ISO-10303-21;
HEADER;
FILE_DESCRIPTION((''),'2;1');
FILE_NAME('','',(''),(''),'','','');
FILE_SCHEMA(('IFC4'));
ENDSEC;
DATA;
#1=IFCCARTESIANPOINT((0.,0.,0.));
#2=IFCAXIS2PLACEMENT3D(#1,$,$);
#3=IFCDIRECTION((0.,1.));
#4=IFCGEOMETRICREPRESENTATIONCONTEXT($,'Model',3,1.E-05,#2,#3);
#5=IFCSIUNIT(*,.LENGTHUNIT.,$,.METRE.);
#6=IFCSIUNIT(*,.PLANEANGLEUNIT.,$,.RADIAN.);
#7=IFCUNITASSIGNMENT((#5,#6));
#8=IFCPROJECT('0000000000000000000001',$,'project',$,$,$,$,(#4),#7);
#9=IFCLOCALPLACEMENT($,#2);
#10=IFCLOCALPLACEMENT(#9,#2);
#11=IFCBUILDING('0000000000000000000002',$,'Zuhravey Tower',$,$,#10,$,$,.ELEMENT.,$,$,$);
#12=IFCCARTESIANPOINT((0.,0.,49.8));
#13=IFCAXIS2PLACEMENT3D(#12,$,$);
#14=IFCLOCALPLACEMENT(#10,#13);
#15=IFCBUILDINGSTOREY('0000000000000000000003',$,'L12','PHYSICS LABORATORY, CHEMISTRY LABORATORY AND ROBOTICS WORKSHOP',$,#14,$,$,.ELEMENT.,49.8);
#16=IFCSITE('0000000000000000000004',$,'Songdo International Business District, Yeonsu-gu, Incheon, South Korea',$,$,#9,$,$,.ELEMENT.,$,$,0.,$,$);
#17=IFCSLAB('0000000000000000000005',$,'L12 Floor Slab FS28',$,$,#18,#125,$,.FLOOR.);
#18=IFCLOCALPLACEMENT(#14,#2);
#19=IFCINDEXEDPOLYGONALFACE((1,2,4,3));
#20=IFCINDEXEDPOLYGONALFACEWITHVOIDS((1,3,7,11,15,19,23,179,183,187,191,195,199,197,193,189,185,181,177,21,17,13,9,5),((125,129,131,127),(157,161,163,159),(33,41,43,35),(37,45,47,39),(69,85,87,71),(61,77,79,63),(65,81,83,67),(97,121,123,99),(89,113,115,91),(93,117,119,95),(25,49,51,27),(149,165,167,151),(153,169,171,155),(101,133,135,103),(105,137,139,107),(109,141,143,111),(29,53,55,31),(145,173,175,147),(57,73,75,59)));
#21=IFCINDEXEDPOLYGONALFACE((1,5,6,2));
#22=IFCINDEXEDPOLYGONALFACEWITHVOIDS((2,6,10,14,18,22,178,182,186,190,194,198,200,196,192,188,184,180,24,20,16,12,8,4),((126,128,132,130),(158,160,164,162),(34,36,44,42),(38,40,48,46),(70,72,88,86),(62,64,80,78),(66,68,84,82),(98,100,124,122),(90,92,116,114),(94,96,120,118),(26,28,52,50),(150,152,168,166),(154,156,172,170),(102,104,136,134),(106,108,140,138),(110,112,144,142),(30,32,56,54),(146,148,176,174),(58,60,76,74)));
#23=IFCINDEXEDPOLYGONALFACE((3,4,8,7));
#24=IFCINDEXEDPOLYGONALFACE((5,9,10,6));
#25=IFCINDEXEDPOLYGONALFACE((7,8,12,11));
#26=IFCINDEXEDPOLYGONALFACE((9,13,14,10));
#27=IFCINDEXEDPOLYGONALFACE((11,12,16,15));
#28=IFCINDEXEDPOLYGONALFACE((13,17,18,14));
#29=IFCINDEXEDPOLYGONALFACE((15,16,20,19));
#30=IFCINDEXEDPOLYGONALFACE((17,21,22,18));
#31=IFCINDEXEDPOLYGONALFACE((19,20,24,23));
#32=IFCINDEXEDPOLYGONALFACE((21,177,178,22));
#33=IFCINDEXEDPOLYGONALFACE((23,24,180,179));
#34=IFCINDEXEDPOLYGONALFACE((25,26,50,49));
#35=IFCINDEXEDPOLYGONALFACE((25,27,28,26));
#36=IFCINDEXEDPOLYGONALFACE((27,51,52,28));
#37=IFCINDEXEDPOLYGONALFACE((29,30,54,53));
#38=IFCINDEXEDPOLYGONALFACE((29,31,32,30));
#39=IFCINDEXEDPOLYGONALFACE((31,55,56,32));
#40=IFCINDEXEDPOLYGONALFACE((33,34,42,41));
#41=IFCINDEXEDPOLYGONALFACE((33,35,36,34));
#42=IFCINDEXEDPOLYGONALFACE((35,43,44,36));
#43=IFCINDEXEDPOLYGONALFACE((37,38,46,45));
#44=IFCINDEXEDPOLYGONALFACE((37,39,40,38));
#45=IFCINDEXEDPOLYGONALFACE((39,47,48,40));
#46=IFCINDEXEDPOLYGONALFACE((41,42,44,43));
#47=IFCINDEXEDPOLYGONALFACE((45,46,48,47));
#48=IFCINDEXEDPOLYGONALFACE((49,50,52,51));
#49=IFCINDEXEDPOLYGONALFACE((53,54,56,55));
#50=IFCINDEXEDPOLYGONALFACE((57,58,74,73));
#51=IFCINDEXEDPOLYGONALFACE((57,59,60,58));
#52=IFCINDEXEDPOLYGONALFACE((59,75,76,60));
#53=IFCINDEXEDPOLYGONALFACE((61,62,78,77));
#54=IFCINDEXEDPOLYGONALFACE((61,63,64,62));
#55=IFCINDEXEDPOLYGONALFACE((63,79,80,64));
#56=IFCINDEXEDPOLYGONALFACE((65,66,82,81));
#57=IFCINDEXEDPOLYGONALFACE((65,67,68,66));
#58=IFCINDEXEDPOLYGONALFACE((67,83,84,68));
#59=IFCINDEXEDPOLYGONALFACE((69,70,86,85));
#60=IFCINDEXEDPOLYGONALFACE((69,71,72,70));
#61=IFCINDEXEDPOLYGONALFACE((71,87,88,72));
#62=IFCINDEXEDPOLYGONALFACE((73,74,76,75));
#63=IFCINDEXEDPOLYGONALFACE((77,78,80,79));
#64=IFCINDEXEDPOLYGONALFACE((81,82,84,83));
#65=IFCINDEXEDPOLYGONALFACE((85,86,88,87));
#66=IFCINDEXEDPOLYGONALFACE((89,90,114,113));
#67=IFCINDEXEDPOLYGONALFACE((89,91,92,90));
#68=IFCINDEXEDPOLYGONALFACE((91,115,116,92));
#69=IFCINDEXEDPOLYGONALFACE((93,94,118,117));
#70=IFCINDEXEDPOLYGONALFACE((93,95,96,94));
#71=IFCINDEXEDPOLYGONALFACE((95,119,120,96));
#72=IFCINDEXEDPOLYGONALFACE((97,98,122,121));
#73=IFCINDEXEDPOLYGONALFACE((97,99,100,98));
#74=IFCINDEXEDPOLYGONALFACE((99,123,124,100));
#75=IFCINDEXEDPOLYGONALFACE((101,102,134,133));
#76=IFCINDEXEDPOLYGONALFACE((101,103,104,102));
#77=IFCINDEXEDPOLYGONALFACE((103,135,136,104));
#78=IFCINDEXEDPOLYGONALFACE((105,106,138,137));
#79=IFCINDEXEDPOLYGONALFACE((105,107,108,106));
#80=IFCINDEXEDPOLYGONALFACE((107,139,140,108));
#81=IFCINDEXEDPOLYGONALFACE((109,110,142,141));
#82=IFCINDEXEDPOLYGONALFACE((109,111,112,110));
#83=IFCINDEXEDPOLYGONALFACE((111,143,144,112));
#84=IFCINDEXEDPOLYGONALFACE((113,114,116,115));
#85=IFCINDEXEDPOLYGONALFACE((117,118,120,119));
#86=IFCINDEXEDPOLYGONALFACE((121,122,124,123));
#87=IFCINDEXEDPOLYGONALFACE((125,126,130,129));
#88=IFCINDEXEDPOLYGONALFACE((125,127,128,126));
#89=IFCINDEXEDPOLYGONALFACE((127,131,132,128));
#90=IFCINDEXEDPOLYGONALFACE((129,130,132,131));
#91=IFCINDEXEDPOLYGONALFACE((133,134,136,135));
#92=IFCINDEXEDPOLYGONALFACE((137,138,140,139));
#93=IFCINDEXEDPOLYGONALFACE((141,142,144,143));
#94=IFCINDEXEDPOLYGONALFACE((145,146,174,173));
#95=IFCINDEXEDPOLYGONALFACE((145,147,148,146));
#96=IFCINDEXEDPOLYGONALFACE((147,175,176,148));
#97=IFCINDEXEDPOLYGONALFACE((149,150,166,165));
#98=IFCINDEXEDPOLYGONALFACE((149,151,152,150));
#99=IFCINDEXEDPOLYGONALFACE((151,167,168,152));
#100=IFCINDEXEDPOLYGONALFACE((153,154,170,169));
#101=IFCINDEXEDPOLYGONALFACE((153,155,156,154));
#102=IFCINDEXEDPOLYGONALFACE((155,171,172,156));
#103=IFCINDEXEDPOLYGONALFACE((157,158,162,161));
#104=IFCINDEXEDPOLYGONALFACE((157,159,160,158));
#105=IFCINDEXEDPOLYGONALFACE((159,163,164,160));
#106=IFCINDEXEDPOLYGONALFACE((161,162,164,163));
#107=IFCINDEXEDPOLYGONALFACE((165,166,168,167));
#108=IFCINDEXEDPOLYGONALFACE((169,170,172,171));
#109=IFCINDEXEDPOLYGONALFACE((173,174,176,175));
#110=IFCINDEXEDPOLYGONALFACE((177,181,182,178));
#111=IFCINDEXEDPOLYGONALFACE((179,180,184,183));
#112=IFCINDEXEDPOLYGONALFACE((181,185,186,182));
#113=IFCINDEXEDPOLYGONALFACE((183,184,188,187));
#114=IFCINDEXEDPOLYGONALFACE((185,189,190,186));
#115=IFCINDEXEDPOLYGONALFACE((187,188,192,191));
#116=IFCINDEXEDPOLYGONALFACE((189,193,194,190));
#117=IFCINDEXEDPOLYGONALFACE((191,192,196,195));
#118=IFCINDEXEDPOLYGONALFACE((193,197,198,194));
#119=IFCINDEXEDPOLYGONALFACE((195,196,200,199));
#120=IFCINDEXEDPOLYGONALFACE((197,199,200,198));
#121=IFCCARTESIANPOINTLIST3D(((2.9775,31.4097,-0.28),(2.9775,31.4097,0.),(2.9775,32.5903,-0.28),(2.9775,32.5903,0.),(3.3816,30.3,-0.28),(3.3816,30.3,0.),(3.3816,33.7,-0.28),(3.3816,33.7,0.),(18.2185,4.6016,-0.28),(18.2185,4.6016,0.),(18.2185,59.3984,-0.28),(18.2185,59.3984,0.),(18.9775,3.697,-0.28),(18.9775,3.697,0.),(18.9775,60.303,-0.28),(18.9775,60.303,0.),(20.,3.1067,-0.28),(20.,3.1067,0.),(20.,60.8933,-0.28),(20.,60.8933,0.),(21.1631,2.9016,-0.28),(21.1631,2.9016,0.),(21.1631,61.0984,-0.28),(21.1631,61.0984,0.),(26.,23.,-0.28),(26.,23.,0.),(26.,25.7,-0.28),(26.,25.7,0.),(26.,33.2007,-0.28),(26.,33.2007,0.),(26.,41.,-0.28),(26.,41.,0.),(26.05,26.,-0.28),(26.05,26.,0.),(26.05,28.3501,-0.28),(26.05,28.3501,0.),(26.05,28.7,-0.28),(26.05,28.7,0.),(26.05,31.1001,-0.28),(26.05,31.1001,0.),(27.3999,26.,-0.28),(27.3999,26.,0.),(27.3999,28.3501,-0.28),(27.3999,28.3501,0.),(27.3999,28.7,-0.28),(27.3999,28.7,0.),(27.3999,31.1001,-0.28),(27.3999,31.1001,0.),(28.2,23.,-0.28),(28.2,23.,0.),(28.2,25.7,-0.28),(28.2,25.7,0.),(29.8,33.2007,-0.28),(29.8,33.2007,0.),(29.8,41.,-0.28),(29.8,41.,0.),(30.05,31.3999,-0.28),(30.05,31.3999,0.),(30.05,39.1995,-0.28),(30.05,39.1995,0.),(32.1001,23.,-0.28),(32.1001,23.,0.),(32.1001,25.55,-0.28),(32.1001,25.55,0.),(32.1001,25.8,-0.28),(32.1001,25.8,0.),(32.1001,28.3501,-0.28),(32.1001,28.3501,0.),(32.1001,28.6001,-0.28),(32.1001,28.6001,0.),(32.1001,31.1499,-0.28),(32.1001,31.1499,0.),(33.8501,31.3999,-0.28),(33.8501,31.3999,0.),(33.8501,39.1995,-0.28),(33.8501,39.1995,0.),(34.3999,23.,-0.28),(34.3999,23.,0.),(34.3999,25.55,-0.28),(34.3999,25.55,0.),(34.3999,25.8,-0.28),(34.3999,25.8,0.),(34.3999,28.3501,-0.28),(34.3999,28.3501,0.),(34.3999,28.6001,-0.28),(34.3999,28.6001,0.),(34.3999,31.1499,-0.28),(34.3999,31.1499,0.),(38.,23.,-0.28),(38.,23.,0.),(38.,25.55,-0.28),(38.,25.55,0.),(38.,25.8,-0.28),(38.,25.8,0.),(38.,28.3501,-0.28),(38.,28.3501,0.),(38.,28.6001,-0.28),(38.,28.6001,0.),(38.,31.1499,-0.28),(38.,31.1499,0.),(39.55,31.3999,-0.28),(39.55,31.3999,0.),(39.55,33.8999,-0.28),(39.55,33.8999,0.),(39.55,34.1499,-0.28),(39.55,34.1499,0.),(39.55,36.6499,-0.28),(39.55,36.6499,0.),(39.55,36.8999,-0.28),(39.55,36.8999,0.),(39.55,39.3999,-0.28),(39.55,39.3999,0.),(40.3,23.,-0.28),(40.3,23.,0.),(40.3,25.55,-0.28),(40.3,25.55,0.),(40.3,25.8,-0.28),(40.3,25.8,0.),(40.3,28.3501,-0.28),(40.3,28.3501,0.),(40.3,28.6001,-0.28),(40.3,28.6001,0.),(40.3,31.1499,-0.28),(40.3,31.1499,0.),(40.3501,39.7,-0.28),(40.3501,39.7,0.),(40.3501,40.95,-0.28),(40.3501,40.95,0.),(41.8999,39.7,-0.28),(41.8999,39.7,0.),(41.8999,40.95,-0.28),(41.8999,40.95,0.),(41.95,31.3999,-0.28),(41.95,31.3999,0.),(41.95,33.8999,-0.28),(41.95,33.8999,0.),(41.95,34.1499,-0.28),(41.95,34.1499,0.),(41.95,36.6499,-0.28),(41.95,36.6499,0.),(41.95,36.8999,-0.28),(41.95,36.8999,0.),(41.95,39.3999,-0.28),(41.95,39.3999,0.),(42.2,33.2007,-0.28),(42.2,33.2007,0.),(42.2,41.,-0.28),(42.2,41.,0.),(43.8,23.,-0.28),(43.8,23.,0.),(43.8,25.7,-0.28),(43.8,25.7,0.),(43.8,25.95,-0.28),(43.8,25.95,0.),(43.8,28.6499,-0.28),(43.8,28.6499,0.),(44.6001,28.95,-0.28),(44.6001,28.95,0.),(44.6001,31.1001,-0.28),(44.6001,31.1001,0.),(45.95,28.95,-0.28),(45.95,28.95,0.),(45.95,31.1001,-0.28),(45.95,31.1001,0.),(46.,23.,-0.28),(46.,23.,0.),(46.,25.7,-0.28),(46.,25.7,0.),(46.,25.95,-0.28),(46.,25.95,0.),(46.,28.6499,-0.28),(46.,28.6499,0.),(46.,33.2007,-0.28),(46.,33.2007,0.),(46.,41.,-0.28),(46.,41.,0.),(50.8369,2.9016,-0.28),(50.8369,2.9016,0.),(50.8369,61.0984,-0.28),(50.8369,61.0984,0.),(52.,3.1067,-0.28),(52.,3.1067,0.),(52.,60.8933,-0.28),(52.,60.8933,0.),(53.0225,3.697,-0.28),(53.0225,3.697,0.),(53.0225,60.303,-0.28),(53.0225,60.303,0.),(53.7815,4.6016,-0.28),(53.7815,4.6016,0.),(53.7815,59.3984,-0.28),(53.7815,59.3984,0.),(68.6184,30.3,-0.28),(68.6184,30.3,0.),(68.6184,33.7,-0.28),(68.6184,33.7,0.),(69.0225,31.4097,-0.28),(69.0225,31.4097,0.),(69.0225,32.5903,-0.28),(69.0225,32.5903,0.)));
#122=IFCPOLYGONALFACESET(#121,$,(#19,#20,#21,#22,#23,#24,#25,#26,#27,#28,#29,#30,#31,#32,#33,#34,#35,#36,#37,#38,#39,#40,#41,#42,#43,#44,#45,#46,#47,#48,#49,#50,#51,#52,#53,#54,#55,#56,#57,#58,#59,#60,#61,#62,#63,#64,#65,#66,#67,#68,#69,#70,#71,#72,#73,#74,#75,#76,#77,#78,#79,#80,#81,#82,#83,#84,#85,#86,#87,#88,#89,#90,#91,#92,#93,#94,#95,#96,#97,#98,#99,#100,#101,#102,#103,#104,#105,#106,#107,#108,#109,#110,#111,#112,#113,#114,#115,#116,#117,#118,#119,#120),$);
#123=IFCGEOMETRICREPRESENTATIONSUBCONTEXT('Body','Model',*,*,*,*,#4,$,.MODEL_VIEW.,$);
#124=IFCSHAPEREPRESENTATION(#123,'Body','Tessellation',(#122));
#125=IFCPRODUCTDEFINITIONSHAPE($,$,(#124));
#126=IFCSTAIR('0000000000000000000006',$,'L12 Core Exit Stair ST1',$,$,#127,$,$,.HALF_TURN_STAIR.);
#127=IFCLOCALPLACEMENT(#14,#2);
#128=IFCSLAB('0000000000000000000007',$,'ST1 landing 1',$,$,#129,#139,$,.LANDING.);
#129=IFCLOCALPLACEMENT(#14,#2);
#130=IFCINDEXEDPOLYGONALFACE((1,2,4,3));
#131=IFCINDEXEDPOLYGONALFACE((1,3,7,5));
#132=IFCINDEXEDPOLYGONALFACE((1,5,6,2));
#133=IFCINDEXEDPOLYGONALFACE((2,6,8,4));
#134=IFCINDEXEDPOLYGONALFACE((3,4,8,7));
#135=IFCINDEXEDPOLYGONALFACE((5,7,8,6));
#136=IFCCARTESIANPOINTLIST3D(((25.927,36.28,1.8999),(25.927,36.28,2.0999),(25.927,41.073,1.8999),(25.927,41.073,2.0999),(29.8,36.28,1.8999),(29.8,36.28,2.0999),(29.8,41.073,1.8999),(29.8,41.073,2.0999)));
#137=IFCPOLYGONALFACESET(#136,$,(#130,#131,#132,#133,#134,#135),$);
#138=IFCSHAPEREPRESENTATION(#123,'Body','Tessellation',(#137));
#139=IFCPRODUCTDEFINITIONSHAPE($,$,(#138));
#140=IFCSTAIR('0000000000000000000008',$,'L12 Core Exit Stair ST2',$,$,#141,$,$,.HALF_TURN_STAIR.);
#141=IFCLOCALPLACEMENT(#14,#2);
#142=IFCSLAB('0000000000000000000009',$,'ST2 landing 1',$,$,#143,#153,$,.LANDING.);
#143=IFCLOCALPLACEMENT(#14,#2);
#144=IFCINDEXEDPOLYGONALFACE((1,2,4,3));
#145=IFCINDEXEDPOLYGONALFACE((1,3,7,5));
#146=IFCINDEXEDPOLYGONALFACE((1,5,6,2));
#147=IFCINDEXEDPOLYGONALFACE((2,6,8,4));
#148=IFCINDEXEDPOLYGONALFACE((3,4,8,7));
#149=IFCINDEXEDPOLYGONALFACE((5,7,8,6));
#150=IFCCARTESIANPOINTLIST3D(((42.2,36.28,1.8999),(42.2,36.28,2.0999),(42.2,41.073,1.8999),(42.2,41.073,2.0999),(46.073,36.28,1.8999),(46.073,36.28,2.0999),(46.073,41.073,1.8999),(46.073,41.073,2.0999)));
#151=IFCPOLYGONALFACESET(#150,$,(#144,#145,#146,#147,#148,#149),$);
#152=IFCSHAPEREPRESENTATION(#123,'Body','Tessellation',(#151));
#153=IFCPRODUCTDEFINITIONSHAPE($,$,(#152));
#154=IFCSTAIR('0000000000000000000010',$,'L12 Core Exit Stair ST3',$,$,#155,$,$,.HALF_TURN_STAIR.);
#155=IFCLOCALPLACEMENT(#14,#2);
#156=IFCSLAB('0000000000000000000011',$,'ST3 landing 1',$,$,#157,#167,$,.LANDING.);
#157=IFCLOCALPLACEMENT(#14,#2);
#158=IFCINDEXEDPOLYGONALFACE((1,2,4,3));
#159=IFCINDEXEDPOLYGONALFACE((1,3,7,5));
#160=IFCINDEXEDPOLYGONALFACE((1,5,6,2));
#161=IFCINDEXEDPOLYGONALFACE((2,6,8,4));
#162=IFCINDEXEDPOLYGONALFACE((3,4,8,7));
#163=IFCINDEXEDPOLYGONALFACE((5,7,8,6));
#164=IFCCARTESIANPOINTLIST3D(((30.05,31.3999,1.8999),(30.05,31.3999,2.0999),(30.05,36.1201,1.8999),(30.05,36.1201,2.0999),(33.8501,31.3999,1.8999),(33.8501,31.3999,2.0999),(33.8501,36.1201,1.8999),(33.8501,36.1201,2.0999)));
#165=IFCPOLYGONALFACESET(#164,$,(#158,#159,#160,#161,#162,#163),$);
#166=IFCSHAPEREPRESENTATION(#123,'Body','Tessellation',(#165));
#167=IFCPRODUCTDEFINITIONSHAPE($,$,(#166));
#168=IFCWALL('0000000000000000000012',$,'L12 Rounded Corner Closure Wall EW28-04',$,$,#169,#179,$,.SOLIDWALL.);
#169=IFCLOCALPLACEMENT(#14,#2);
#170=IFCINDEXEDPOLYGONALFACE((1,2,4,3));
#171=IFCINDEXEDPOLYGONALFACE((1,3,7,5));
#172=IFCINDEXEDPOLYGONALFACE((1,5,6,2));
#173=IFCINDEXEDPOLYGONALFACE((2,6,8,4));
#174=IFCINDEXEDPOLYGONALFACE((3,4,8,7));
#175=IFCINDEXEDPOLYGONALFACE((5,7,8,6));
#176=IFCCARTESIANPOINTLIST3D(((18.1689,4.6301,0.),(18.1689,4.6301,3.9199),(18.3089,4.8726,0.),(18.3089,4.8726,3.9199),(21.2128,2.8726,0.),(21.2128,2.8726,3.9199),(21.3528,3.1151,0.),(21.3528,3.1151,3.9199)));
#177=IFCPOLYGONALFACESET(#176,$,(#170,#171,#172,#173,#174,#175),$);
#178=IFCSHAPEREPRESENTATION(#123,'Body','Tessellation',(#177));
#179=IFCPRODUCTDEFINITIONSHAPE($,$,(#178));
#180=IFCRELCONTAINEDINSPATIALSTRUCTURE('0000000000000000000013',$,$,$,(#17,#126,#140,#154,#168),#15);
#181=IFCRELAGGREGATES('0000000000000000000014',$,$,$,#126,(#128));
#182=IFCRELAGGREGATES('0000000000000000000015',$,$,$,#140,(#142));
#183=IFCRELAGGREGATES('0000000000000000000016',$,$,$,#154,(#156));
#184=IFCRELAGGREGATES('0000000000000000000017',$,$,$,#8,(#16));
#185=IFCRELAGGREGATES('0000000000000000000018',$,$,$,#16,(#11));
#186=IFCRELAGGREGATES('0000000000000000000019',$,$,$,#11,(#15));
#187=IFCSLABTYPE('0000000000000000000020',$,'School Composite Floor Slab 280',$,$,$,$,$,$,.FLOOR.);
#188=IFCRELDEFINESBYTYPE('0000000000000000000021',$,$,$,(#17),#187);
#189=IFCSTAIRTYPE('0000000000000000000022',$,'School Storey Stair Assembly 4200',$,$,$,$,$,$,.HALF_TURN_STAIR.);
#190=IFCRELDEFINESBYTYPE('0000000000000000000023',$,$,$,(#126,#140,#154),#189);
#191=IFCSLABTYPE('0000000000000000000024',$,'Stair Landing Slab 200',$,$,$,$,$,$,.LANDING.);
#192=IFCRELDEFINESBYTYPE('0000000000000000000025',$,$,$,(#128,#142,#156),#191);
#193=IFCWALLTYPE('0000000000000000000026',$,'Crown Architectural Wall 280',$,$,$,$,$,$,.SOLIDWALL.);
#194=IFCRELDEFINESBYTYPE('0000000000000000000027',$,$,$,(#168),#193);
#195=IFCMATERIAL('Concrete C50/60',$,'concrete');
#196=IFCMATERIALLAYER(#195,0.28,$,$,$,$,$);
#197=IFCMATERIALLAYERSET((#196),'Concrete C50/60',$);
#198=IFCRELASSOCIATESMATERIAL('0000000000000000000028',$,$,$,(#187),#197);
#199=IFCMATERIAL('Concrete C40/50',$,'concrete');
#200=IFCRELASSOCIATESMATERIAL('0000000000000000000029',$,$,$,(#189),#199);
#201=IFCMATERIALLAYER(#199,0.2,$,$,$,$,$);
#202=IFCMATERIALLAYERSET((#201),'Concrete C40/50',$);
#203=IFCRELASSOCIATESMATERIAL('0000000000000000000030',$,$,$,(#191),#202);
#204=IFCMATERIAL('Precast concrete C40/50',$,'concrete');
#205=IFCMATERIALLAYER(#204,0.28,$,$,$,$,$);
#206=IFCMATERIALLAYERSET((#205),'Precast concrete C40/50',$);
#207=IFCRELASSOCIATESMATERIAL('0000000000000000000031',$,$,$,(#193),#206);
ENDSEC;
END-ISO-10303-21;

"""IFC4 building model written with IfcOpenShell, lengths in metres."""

from ifc_helpers import new_model, si_unit, direction, frame, frame_2d, origin, place, context, subcontext, project, spatial, polyline, rectangle, outline, extrude, material, layer, layer_set, type_object, element, aggregate, save


model = new_model("IFC4")

# Units and contexts
model_context = context("Model", 3, precision=1e-05, world=origin(), true_north=direction((0.0, 1.0)))
body_context = subcontext(model_context, "Body", "Model", "MODEL_VIEW")
ifc_project = project(units=[si_unit("LENGTHUNIT", "METRE"), si_unit("PLANEANGLEUNIT", "RADIAN")], contexts=[model_context])

# Site, building, storey
site_placement = place(None, origin())
site = spatial("IfcSite", under=ifc_project, at=site_placement, Name="Songdo International Business District, Yeonsu-gu, Incheon, South Korea", CompositionType="ELEMENT", RefElevation=0.0)
building_placement = place(site_placement, origin())
building = spatial("IfcBuilding", under=site, at=building_placement, Name="Zuhravey Tower", CompositionType="ELEMENT")
storey_placement = place(building_placement, frame((0.0, 0.0, 49.8)))
storey = spatial("IfcBuildingStorey", under=building, at=storey_placement, Name="L12", Description="PHYSICS LABORATORY, CHEMISTRY LABORATORY AND ROBOTICS WORKSHOP", CompositionType="ELEMENT", Elevation=49.8)

# Slab
ifc_material_1 = material(Name="Concrete C50/60", Category="concrete")
ifc_layer_1 = layer(ifc_material_1, 0.28)
ifc_layer_set_1 = layer_set([ifc_layer_1], Name="Concrete C50/60")
slab_type_1 = type_object("IfcSlabType", Name="School Composite Floor Slab 280", PredefinedType="FLOOR", material=ifc_layer_set_1)
slab_1_placement = place(storey_placement, frame((0.0, 0.0, -0.28)))
element("IfcSlab", 1, at=slab_1_placement, inside=storey, type_object=slab_type_1, Name="L12 Floor Slab FS28", PredefinedType="FLOOR", context=body_context, shape_type="SweptSolid", body=[
    extrude(outline(polyline([(68.6184, 30.3), (69.0225, 31.4097), (69.0225, 32.5903), (68.6184, 33.7), (53.7815, 59.3984), (53.0225, 60.303), (52.0, 60.8933), (50.8369, 61.0984), (21.1631, 61.0984), (20.0, 60.8933), (18.9775, 60.303), (18.2185, 59.3984), (3.3816, 33.7), (2.9775, 32.5903), (2.9775, 31.4097), (3.3816, 30.3), (18.2185, 4.6016), (18.9775, 3.697), (20.0, 3.1067), (21.1631, 2.9016), (50.8369, 2.9016), (52.0, 3.1067), (53.0225, 3.697), (53.7815, 4.6016), (68.6184, 30.3)]), holes=[polyline([(29.8, 33.2007), (29.8, 41.0), (26.0, 41.0), (26.0, 33.2007), (29.8, 33.2007)]), polyline([(46.0, 33.2007), (46.0, 41.0), (42.2, 41.0), (42.2, 33.2007), (46.0, 33.2007)]), polyline([(30.05, 39.1995), (30.05, 31.3999), (33.8501, 31.3999), (33.8501, 39.1995), (30.05, 39.1995)]), polyline([(32.1001, 23.0), (34.3999, 23.0), (34.3999, 25.55), (32.1001, 25.55), (32.1001, 23.0)]), polyline([(32.1001, 25.8), (34.3999, 25.8), (34.3999, 28.3501), (32.1001, 28.3501), (32.1001, 25.8)]), polyline([(32.1001, 28.6001), (34.3999, 28.6001), (34.3999, 31.1499), (32.1001, 31.1499), (32.1001, 28.6001)]), polyline([(38.0, 23.0), (40.3, 23.0), (40.3, 25.55), (38.0, 25.55), (38.0, 23.0)]), polyline([(38.0, 25.8), (40.3, 25.8), (40.3, 28.3501), (38.0, 28.3501), (38.0, 25.8)]), polyline([(38.0, 28.6001), (40.3, 28.6001), (40.3, 31.1499), (38.0, 31.1499), (38.0, 28.6001)]), polyline([(39.55, 31.3999), (41.95, 31.3999), (41.95, 33.8999), (39.55, 33.8999), (39.55, 31.3999)]), polyline([(39.55, 34.1499), (41.95, 34.1499), (41.95, 36.6499), (39.55, 36.6499), (39.55, 34.1499)]), polyline([(39.55, 36.8999), (41.95, 36.8999), (41.95, 39.3999), (39.55, 39.3999), (39.55, 36.8999)]), polyline([(26.0, 23.0), (28.2, 23.0), (28.2, 25.7), (26.0, 25.7), (26.0, 23.0)]), polyline([(43.8, 23.0), (46.0, 23.0), (46.0, 25.7), (43.8, 25.7), (43.8, 23.0)]), polyline([(43.8, 25.95), (46.0, 25.95), (46.0, 28.6499), (43.8, 28.6499), (43.8, 25.95)]), polyline([(26.05, 26.0), (27.3999, 26.0), (27.3999, 28.3501), (26.05, 28.3501), (26.05, 26.0)]), polyline([(26.05, 28.7), (27.3999, 28.7), (27.3999, 31.1001), (26.05, 31.1001), (26.05, 28.7)]), polyline([(44.6001, 28.95), (45.95, 28.95), (45.95, 31.1001), (44.6001, 31.1001), (44.6001, 28.95)]), polyline([(40.3501, 39.7), (41.8999, 39.7), (41.8999, 40.95), (40.3501, 40.95), (40.3501, 39.7)])]), origin(), (0.0, 0.0, 1.0), 0.28),
])

# Stairs, slabs
ifc_material_2 = material(Name="Concrete C40/50", Category="concrete")
stair_type = type_object("IfcStairType", Name="School Storey Stair Assembly 4200", PredefinedType="HALF_TURN_STAIR", material=ifc_material_2)
stair_1_placement = place(storey_placement, origin())
stair_1 = element("IfcStair", 2, at=stair_1_placement, inside=storey, type_object=stair_type, Name="L12 Core Exit Stair ST1", PredefinedType="HALF_TURN_STAIR")
ifc_layer_2 = layer(ifc_material_2, 0.2)
ifc_layer_set_2 = layer_set([ifc_layer_2], Name="Concrete C40/50")
slab_type_2 = type_object("IfcSlabType", Name="Stair Landing Slab 200", PredefinedType="LANDING", material=ifc_layer_set_2)
slab_2_placement = place(storey_placement, frame((0.0, 0.0, 1.8999)))
slab_2 = element("IfcSlab", 3, at=slab_2_placement, type_object=slab_type_2, Name="ST1 landing 1", PredefinedType="LANDING", context=body_context, shape_type="SweptSolid", body=[
    extrude(outline(polyline([(29.8, 36.28), (29.8, 41.073), (25.927, 41.073), (25.927, 36.28), (29.8, 36.28)])), origin(), (0.0, 0.0, 1.0), 0.2),
])
aggregate(stair_1, [slab_2])
stair_2_placement = place(storey_placement, origin())
stair_2 = element("IfcStair", 4, at=stair_2_placement, inside=storey, type_object=stair_type, Name="L12 Core Exit Stair ST2", PredefinedType="HALF_TURN_STAIR")
slab_3_placement = place(storey_placement, frame((0.0, 0.0, 1.8999)))
slab_3 = element("IfcSlab", 5, at=slab_3_placement, type_object=slab_type_2, Name="ST2 landing 1", PredefinedType="LANDING", context=body_context, shape_type="SweptSolid", body=[
    extrude(outline(polyline([(46.073, 36.28), (46.073, 41.073), (42.2, 41.073), (42.2, 36.28), (46.073, 36.28)])), origin(), (0.0, 0.0, 1.0), 0.2),
])
aggregate(stair_2, [slab_3])
stair_3_placement = place(storey_placement, origin())
stair_3 = element("IfcStair", 6, at=stair_3_placement, inside=storey, type_object=stair_type, Name="L12 Core Exit Stair ST3", PredefinedType="HALF_TURN_STAIR")
slab_4_placement = place(storey_placement, frame((0.0, 0.0, 1.8999)))
slab_4 = element("IfcSlab", 7, at=slab_4_placement, type_object=slab_type_2, Name="ST3 landing 1", PredefinedType="LANDING", context=body_context, shape_type="SweptSolid", body=[
    extrude(outline(polyline([(30.05, 36.1201), (30.05, 31.3999), (33.8501, 31.3999), (33.8501, 36.1201), (30.05, 36.1201)])), origin(), (0.0, 0.0, 1.0), 0.2),
])
aggregate(stair_3, [slab_4])

# Wall
ifc_material_3 = material(Name="Precast concrete C40/50", Category="concrete")
ifc_layer_3 = layer(ifc_material_3, 0.28)
ifc_layer_set_3 = layer_set([ifc_layer_3], Name="Precast concrete C40/50")
wall_type = type_object("IfcWallType", Name="Crown Architectural Wall 280", PredefinedType="SOLIDWALL", material=ifc_layer_set_3)
wall_1_placement = place(storey_placement, frame((21.2827, 2.9939, 0.0), z_axis=(0.0, 0.0, 1.0), x_axis=(-0.866007, 0.500031, 0.0)))
element("IfcWall", 8, at=wall_1_placement, inside=storey, type_object=wall_type, Name="L12 Rounded Corner Closure Wall EW28-04", PredefinedType="SOLIDWALL", context=body_context, shape_type="SweptSolid", body=[
    extrude(rectangle(XDim=3.5149, YDim=0.28, at=frame_2d((1.7573, 0.0))), origin(), (0.0, 0.0, 1.0), 3.9199),
])

save(model, "model.ifc")
